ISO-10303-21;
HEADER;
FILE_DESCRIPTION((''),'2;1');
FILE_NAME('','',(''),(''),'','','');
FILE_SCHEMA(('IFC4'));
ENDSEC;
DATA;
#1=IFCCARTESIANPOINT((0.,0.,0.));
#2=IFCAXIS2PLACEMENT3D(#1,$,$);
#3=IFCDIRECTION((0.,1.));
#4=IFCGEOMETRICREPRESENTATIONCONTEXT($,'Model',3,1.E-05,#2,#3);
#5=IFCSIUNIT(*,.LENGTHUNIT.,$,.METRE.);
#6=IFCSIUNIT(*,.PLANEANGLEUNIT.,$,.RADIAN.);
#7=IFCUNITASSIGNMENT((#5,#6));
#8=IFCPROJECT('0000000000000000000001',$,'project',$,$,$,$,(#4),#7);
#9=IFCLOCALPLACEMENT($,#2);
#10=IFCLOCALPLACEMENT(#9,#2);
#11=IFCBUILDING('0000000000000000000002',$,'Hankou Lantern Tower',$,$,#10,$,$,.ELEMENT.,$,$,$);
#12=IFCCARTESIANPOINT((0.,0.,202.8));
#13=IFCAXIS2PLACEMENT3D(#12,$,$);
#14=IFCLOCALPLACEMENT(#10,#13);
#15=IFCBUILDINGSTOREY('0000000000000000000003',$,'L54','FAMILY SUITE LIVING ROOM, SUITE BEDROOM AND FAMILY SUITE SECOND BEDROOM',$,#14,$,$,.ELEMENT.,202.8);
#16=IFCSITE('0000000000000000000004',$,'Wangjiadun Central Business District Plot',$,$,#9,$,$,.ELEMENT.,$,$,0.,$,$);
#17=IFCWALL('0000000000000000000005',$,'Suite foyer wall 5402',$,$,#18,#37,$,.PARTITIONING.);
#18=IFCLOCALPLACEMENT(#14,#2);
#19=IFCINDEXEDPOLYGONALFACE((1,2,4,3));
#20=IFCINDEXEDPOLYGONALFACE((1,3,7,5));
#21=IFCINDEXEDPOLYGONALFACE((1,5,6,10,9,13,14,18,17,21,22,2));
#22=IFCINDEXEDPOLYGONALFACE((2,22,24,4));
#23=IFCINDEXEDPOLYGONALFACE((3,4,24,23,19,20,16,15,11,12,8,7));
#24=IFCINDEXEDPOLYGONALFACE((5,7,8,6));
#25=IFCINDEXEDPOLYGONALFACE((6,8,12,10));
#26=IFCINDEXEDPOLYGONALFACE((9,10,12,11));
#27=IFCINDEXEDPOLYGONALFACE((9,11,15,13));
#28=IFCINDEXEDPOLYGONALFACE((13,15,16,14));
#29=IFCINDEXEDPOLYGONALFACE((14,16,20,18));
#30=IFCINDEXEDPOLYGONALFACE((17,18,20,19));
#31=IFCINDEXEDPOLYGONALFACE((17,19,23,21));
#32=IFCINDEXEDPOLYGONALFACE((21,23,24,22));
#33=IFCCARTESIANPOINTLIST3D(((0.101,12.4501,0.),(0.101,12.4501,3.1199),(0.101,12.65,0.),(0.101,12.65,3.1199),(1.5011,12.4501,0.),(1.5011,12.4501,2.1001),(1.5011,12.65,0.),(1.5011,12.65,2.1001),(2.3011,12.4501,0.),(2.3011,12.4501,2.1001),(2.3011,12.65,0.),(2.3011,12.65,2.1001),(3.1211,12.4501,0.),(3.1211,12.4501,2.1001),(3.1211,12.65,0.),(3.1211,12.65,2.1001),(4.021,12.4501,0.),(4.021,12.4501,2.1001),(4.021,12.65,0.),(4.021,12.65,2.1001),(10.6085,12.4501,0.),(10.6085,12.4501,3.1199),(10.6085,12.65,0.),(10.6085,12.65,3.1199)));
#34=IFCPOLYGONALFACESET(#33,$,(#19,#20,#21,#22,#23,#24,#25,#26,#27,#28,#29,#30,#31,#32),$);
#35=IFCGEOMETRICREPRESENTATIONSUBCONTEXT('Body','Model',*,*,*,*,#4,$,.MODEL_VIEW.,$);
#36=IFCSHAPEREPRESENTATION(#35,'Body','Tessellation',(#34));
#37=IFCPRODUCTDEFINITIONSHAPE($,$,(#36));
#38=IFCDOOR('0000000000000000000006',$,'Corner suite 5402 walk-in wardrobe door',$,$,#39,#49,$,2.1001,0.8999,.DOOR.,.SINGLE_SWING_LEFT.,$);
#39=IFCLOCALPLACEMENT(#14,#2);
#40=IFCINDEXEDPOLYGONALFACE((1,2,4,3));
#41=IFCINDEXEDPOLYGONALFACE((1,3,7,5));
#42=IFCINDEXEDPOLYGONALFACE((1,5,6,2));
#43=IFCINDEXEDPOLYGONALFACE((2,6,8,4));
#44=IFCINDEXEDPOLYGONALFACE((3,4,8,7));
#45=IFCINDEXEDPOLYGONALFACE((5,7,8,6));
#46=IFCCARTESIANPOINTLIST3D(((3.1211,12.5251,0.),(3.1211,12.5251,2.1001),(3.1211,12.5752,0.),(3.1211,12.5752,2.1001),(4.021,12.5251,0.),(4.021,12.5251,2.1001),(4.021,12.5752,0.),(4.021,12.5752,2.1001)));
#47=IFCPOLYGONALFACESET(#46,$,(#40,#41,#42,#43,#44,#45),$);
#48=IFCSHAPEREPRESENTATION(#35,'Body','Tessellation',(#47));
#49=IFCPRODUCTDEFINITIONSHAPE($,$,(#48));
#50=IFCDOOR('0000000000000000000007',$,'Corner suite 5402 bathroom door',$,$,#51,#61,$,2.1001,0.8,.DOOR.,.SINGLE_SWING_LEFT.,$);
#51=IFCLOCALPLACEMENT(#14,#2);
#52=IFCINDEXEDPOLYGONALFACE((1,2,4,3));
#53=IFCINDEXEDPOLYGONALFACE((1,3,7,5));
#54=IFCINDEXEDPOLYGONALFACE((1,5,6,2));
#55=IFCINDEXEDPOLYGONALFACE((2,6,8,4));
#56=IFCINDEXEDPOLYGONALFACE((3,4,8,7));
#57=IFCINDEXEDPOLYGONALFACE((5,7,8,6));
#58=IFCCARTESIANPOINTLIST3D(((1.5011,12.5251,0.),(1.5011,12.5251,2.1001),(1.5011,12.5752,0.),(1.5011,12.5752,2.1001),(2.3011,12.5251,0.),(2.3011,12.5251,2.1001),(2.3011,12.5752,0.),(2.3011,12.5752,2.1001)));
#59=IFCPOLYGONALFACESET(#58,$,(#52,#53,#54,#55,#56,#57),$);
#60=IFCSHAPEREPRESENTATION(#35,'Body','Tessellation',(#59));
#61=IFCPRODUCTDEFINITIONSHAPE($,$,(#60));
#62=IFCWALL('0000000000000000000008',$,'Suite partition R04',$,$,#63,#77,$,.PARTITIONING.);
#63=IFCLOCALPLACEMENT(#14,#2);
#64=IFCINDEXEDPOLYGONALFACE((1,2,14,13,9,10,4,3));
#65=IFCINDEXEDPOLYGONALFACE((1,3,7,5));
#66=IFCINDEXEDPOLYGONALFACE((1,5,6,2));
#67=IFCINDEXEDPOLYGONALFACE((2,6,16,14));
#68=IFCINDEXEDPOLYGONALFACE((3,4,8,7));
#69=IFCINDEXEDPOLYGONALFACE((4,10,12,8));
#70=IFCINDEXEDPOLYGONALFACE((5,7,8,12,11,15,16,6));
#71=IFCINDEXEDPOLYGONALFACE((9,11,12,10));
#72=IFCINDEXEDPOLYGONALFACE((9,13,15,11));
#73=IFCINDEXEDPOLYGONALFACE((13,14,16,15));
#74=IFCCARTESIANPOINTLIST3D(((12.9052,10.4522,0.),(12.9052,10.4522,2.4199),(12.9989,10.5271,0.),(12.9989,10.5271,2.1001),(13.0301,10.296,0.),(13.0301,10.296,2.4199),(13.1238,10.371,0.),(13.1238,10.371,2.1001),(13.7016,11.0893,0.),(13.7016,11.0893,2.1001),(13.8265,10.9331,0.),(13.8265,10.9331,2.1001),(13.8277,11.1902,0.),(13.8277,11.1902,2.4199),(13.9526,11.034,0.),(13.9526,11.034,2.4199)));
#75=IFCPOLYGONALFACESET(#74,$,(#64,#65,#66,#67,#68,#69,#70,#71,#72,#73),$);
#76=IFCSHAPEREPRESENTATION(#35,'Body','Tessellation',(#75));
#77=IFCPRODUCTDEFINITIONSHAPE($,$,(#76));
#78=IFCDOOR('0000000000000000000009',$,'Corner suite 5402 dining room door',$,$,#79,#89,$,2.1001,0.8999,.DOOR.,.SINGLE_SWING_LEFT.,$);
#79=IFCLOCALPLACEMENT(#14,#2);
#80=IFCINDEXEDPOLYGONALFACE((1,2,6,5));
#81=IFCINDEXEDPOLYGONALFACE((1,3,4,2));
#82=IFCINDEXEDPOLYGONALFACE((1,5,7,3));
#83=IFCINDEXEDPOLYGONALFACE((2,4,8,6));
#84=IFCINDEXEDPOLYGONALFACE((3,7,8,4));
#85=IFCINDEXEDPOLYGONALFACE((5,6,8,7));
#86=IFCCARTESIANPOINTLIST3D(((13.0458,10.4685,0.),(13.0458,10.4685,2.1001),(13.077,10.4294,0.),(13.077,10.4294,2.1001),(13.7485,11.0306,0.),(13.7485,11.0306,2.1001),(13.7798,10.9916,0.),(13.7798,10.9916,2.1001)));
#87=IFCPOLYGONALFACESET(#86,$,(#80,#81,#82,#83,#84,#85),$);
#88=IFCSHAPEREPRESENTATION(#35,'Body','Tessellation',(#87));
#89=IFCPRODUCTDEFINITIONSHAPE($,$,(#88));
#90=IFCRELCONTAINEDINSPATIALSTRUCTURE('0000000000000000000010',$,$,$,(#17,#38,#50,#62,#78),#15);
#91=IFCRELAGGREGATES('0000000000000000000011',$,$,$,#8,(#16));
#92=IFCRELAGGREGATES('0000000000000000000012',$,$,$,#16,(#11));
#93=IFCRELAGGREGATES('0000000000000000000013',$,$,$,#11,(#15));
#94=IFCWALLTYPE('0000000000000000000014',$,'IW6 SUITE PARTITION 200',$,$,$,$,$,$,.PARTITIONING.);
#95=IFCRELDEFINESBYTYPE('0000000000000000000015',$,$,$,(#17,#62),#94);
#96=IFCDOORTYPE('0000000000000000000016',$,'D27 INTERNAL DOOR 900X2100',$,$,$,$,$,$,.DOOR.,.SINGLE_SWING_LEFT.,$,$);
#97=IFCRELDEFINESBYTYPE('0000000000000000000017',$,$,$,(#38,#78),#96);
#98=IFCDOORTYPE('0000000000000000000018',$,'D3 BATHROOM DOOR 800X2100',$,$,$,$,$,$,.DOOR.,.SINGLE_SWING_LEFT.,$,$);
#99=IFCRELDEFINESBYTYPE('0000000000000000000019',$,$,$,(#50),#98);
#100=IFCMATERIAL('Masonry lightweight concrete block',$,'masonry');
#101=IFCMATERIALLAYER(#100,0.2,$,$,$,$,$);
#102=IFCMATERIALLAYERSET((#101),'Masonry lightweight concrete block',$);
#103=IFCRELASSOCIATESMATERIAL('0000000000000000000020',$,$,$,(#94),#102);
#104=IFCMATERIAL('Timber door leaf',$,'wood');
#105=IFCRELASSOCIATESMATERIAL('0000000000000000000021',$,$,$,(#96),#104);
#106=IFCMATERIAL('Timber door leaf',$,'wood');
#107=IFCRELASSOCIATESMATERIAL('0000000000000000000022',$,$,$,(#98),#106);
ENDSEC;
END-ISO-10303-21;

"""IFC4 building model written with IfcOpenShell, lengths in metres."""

from ifc_helpers import new_model, si_unit, direction, frame, frame_2d, origin, place, context, subcontext, project, spatial, rectangle, extrude, material, layer, layer_set, type_object, element, fill, save


model = new_model("IFC4")

# Units and contexts
model_context = context("Model", 3, precision=1e-05, world=origin(), true_north=direction((0.0, 1.0)))
body_context = subcontext(model_context, "Body", "Model", "MODEL_VIEW")
ifc_project = project(units=[si_unit("LENGTHUNIT", "METRE"), si_unit("PLANEANGLEUNIT", "RADIAN")], contexts=[model_context])

# Site, building, storey
site_placement = place(None, origin())
site = spatial("IfcSite", under=ifc_project, at=site_placement, Name="Wangjiadun Central Business District Plot", CompositionType="ELEMENT", RefElevation=0.0)
building_placement = place(site_placement, origin())
building = spatial("IfcBuilding", under=site, at=building_placement, Name="Hankou Lantern Tower", CompositionType="ELEMENT")
storey_placement = place(building_placement, frame((0.0, 0.0, 202.8)))
storey = spatial("IfcBuildingStorey", under=building, at=storey_placement, Name="L54", Description="FAMILY SUITE LIVING ROOM, SUITE BEDROOM AND FAMILY SUITE SECOND BEDROOM", CompositionType="ELEMENT", Elevation=202.8)

# Shared definitions
ifc_material_1 = material(Name="Masonry lightweight concrete block", Category="masonry")
ifc_layer_1 = layer(ifc_material_1, 0.2)
ifc_layer_set_1 = layer_set([ifc_layer_1], Name="Masonry lightweight concrete block")
wall_type_1 = type_object("IfcWallType", Name="IW6 SUITE PARTITION 200", PredefinedType="PARTITIONING", material=ifc_layer_set_1)

# Wall, openings, doors
wall_1_placement = place(storey_placement, frame((10.6086, 12.55, 0.0), z_axis=(0.0, 0.0, 1.0), x_axis=(-1.0, 0.0, 0.0)))
wall_1 = element("IfcWall", 1, at=wall_1_placement, inside=storey, type_object=wall_type_1, Name="Suite foyer wall 5402", PredefinedType="PARTITIONING", context=body_context, shape_type="SweptSolid", body=[
    extrude(rectangle(XDim=10.5076, YDim=0.2, at=frame_2d((5.2539, 0.0))), origin(), (0.0, 0.0, 1.0), 3.1199),
])
opening_1_placement = place(wall_1_placement, frame((6.5876, 0.0, 0.0)))
opening_1 = element("IfcOpeningElement", 2, at=opening_1_placement, cuts=wall_1, PredefinedType="OPENING", context=body_context, shape_type="SweptSolid", body=[
    extrude(rectangle(XDim=0.8999, YDim=2.1001, at=frame_2d((0.45, 1.05))), frame((0.0, 0.1099, 0.0), z_axis=(0.0, -1.0, 0.0), x_axis=(1.0, 0.0, 0.0)), (0.0, 0.0, 1.0), 0.22),
])
opening_2_placement = place(wall_1_placement, frame((8.3076, 0.0, 0.0)))
opening_2 = element("IfcOpeningElement", 3, at=opening_2_placement, cuts=wall_1, PredefinedType="OPENING", context=body_context, shape_type="SweptSolid", body=[
    extrude(rectangle(XDim=0.8, YDim=2.1001, at=frame_2d((0.3999, 1.05))), frame((0.0, 0.1099, 0.0), z_axis=(0.0, -1.0, 0.0), x_axis=(1.0, 0.0, 0.0)), (0.0, 0.0, 1.0), 0.22),
])
ifc_material_2 = material(Name="Timber door leaf", Category="wood")
door_type_1 = type_object("IfcDoorType", Name="D27 INTERNAL DOOR 900X2100", OperationType="SINGLE_SWING_LEFT", PredefinedType="DOOR", material=ifc_material_2)
door_1_placement = place(opening_1_placement, origin())
door_1 = element("IfcDoor", 4, at=door_1_placement, inside=storey, type_object=door_type_1, Name="Corner suite 5402 walk-in wardrobe door", OperationType="SINGLE_SWING_LEFT", OverallHeight=2.1001, OverallWidth=0.8999, PredefinedType="DOOR", context=body_context, shape_type="SweptSolid", body=[
    extrude(rectangle(XDim=0.8999, YDim=2.1001, at=frame_2d((0.45, 1.05))), frame((0.0, 0.0249, 0.0), z_axis=(0.0, -1.0, 0.0), x_axis=(1.0, 0.0, 0.0)), (0.0, 0.0, 1.0), 0.05),
])
fill(opening_1, door_1)
ifc_material_3 = material(Name="Timber door leaf", Category="wood")
door_type_2 = type_object("IfcDoorType", Name="D3 BATHROOM DOOR 800X2100", OperationType="SINGLE_SWING_LEFT", PredefinedType="DOOR", material=ifc_material_3)
door_2_placement = place(opening_2_placement, origin())
door_2 = element("IfcDoor", 5, at=door_2_placement, inside=storey, type_object=door_type_2, Name="Corner suite 5402 bathroom door", OperationType="SINGLE_SWING_LEFT", OverallHeight=2.1001, OverallWidth=0.8, PredefinedType="DOOR", context=body_context, shape_type="SweptSolid", body=[
    extrude(rectangle(XDim=0.8, YDim=2.1001, at=frame_2d((0.3999, 1.05))), frame((0.0, 0.0249, 0.0), z_axis=(0.0, -1.0, 0.0), x_axis=(1.0, 0.0, 0.0)), (0.0, 0.0, 1.0), 0.05),
])
fill(opening_2, door_2)

# Wall, opening, door
wall_2_placement = place(storey_placement, frame((12.9675, 10.374, 0.0), z_axis=(0.0, 0.0, 1.0), x_axis=(0.780889, 0.62467, 0.0)))
wall_2 = element("IfcWall", 6, at=wall_2_placement, inside=storey, type_object=wall_type_1, Name="Suite partition R04", PredefinedType="PARTITIONING", context=body_context, shape_type="SweptSolid", body=[
    extrude(rectangle(XDim=1.1814, YDim=0.2, at=frame_2d((0.5908, 0.0))), origin(), (0.0, 0.0, 1.0), 2.4199),
])
opening_3_placement = place(wall_2_placement, frame((0.1201, 0.0, 0.0)))
opening_3 = element("IfcOpeningElement", 7, at=opening_3_placement, cuts=wall_2, PredefinedType="OPENING", context=body_context, shape_type="SweptSolid", body=[
    extrude(rectangle(XDim=0.8999, YDim=2.1001, at=frame_2d((0.45, 1.05))), frame((0.0, 0.1099, 0.0), z_axis=(0.0, -1.0, 0.0), x_axis=(1.0, 0.0, 0.0)), (0.0, 0.0, 1.0), 0.22),
])
door_3_placement = place(opening_3_placement, origin())
door_3 = element("IfcDoor", 8, at=door_3_placement, inside=storey, type_object=door_type_1, Name="Corner suite 5402 dining room door", OperationType="SINGLE_SWING_LEFT", OverallHeight=2.1001, OverallWidth=0.8999, PredefinedType="DOOR", context=body_context, shape_type="SweptSolid", body=[
    extrude(rectangle(XDim=0.8999, YDim=2.1001, at=frame_2d((0.45, 1.05))), frame((0.0, 0.0249, 0.0), z_axis=(0.0, -1.0, 0.0), x_axis=(1.0, 0.0, 0.0)), (0.0, 0.0, 1.0), 0.05),
])
fill(opening_3, door_3)

save(model, "model.ifc")
